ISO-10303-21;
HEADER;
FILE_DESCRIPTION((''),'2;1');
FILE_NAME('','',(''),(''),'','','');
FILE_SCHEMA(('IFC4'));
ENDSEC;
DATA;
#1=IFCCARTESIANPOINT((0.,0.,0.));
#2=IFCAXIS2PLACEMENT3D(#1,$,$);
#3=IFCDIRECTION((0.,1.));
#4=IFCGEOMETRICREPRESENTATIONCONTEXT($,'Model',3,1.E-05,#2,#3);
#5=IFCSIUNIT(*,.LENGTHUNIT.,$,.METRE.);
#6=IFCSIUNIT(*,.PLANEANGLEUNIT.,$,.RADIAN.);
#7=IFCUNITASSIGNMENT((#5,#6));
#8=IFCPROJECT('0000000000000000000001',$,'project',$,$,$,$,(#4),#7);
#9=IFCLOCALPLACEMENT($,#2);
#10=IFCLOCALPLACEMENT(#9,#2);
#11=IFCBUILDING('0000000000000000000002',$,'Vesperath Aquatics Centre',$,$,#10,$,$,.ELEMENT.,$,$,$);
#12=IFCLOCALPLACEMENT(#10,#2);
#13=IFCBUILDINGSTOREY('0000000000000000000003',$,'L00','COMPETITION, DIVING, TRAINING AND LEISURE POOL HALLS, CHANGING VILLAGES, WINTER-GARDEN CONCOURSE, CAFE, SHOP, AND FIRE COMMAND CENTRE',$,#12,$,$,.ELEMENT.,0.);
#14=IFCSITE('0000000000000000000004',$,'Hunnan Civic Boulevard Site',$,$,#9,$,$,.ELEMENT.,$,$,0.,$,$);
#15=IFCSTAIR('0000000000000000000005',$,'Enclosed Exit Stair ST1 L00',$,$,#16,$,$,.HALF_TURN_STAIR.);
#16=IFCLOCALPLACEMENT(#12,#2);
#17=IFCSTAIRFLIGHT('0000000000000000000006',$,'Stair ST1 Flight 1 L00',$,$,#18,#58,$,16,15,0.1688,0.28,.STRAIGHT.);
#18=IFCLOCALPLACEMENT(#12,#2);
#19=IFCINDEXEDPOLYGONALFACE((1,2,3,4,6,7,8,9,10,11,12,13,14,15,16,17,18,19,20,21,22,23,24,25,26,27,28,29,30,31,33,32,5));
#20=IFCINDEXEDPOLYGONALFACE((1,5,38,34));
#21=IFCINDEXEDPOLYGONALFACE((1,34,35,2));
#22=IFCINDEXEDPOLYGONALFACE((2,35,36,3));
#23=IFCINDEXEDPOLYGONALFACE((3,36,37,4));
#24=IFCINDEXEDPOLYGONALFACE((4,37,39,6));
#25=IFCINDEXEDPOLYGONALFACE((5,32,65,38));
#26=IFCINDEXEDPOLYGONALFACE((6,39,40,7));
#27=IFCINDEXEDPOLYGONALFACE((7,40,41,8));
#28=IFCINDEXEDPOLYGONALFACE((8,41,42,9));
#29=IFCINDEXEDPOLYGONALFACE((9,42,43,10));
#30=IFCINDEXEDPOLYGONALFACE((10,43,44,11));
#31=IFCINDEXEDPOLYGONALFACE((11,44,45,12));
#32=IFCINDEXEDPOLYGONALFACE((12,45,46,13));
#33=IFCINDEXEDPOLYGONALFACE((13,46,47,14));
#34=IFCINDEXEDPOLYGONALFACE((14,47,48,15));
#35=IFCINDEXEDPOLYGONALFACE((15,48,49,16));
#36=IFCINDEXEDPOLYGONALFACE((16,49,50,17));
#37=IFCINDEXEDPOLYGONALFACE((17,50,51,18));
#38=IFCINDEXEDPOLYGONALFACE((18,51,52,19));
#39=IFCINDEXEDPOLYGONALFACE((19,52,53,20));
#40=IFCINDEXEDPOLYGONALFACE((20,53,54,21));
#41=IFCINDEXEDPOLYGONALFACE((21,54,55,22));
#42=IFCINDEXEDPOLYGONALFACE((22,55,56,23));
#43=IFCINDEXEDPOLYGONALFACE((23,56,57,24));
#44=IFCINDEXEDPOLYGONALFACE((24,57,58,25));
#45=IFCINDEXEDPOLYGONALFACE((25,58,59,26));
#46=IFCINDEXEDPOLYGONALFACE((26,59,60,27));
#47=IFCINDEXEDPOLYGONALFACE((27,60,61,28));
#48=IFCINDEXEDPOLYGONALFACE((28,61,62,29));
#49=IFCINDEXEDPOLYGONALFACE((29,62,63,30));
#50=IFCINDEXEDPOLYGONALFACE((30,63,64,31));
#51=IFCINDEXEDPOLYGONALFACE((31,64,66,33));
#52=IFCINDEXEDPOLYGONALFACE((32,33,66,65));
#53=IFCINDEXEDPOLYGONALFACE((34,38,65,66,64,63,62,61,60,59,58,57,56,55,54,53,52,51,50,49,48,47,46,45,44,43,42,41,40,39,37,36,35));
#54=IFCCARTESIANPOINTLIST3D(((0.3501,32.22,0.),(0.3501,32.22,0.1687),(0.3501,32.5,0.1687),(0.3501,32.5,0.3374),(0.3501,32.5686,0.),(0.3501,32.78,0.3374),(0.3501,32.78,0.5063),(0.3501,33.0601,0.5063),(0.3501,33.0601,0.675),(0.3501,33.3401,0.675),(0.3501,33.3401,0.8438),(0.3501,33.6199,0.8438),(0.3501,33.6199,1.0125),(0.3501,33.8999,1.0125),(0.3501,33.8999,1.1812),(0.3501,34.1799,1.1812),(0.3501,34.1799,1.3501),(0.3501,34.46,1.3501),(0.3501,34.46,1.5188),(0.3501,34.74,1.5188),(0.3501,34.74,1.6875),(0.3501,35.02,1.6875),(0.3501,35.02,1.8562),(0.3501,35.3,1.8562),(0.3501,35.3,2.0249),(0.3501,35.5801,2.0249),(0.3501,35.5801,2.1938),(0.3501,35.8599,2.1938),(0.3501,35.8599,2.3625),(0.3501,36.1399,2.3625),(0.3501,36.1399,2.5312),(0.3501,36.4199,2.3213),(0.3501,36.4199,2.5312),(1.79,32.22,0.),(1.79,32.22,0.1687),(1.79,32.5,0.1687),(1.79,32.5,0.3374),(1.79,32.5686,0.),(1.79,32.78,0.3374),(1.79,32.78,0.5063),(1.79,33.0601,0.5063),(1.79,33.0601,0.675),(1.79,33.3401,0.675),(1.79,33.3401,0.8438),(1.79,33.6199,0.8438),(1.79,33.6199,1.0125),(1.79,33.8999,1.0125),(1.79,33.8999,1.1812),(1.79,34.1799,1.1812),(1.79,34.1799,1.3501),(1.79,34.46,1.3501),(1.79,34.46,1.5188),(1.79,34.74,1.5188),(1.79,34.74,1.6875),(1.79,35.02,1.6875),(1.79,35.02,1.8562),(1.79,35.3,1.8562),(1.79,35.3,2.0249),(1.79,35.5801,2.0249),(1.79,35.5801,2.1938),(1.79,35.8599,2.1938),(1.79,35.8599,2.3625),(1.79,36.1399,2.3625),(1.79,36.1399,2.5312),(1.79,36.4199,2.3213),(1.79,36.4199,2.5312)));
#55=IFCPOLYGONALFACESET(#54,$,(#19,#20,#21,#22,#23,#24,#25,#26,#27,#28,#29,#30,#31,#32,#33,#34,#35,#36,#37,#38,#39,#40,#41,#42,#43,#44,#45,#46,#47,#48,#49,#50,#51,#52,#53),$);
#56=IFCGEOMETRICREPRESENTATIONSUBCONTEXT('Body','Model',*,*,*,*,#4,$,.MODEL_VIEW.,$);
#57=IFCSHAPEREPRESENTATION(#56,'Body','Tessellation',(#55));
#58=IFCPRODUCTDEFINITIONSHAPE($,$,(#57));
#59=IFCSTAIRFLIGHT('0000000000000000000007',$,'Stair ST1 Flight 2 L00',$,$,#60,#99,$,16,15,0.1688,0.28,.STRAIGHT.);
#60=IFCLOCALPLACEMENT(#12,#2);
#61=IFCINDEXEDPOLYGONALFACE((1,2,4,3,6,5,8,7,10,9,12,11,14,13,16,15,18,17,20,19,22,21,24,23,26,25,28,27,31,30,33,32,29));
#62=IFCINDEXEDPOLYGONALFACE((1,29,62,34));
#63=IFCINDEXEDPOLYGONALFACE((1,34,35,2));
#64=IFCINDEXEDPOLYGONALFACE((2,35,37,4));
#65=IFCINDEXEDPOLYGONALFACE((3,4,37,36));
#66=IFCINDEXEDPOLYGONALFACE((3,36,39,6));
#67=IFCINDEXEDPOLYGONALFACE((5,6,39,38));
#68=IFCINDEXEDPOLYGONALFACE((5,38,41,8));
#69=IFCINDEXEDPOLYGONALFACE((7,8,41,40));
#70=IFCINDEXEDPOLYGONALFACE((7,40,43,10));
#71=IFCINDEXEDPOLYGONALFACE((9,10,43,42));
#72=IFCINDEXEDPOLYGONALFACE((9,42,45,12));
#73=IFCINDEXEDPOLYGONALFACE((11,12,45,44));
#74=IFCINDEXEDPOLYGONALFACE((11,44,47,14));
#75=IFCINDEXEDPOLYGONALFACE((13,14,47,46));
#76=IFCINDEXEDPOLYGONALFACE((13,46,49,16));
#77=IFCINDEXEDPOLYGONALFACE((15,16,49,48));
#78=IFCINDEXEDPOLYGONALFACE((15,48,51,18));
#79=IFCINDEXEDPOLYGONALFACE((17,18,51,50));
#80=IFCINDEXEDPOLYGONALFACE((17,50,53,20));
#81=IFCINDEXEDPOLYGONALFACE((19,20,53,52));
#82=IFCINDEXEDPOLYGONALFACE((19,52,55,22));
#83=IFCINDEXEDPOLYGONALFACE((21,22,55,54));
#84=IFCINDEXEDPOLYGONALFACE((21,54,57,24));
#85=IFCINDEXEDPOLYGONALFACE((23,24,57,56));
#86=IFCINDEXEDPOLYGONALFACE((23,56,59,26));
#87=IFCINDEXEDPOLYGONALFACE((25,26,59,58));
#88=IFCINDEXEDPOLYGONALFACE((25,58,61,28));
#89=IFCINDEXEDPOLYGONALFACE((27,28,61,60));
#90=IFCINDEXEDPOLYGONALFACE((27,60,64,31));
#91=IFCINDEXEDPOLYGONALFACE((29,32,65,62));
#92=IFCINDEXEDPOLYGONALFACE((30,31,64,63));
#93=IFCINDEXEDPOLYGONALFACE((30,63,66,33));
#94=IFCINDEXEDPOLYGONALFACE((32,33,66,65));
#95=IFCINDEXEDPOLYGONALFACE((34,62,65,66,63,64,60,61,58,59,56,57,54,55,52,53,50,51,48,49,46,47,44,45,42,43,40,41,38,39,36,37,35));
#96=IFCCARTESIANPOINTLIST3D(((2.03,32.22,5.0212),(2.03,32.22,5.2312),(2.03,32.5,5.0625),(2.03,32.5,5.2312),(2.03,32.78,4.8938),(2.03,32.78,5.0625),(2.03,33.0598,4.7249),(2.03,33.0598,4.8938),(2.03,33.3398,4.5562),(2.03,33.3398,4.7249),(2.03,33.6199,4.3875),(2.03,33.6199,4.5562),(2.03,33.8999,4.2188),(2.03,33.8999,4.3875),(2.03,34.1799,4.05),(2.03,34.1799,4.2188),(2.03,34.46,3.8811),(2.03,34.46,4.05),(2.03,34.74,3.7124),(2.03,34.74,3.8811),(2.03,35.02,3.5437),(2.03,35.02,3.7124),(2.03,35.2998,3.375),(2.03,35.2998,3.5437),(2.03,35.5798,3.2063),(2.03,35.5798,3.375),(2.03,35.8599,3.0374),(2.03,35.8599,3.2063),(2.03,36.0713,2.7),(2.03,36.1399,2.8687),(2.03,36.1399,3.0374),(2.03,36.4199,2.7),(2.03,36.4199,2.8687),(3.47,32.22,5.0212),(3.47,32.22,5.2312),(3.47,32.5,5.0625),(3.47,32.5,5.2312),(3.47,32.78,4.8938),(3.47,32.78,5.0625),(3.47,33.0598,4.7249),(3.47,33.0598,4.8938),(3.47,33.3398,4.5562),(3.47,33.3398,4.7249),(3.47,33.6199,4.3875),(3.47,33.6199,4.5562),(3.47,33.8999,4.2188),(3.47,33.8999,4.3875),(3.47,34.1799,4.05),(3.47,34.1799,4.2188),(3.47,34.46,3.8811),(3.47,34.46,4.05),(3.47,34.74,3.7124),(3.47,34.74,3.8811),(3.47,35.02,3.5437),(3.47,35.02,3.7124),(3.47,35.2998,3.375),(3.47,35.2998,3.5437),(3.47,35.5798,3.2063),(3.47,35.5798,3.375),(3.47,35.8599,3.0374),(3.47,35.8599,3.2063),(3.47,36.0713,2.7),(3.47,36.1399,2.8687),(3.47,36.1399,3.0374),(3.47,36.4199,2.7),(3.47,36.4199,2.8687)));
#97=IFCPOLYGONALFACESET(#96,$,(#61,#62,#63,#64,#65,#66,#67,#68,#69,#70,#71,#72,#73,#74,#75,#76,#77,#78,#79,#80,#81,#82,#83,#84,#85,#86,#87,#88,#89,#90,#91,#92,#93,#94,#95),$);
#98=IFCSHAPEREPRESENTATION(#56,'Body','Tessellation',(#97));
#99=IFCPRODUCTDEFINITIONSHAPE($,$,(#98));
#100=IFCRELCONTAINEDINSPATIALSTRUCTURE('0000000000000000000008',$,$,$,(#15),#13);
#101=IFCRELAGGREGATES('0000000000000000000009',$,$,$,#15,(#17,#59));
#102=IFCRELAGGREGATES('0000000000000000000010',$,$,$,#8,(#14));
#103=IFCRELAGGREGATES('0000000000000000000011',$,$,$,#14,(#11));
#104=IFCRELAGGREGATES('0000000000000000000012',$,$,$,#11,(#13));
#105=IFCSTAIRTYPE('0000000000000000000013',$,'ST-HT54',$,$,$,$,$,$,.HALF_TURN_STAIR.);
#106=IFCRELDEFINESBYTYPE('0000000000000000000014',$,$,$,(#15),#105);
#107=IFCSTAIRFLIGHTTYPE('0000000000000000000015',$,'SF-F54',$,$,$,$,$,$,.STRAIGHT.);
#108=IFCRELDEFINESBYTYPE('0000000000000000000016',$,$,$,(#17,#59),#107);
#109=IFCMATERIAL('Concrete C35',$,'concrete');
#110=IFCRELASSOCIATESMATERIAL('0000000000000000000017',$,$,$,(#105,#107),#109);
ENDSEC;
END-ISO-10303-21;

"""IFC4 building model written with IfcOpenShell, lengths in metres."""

from ifc_helpers import new_model, si_unit, direction, frame, origin, place, context, subcontext, project, spatial, polyline, outline, extrude, material, type_object, element, aggregate, save


model = new_model("IFC4")

# Units and contexts
model_context = context("Model", 3, precision=1e-05, world=origin(), true_north=direction((0.0, 1.0)))
body_context = subcontext(model_context, "Body", "Model", "MODEL_VIEW")
ifc_project = project(units=[si_unit("LENGTHUNIT", "METRE"), si_unit("PLANEANGLEUNIT", "RADIAN")], contexts=[model_context])

# Site, building, storey
site_placement = place(None, origin())
site = spatial("IfcSite", under=ifc_project, at=site_placement, Name="Hunnan Civic Boulevard Site", CompositionType="ELEMENT", RefElevation=0.0)
building_placement = place(site_placement, origin())
building = spatial("IfcBuilding", under=site, at=building_placement, Name="Vesperath Aquatics Centre", CompositionType="ELEMENT")
storey_placement = place(building_placement, origin())
storey = spatial("IfcBuildingStorey", under=building, at=storey_placement, Name="L00", Description="COMPETITION, DIVING, TRAINING AND LEISURE POOL HALLS, CHANGING VILLAGES, WINTER-GARDEN CONCOURSE, CAFE, SHOP, AND FIRE COMMAND CENTRE", CompositionType="ELEMENT", Elevation=0.0)

# Shared definitions
ifc_material_1 = material(Name="Concrete C35", Category="concrete")

# Stair, stair flights
stair_type = type_object("IfcStairType", Name="ST-HT54", PredefinedType="HALF_TURN_STAIR", material=ifc_material_1)
stair_placement = place(storey_placement, origin())
stair = element("IfcStair", 1, at=stair_placement, inside=storey, type_object=stair_type, Name="Enclosed Exit Stair ST1 L00", PredefinedType="HALF_TURN_STAIR")
stair_flight_type = type_object("IfcStairFlightType", Name="SF-F54", PredefinedType="STRAIGHT", material=ifc_material_1)
stair_flight_1_placement = place(storey_placement, frame((1.0701, 32.22, 0.0), z_axis=(0.0, 0.0, 1.0), x_axis=(0.0, 1.0, 0.0)))
stair_flight_1 = element("IfcStairFlight", 2, at=stair_flight_1_placement, type_object=stair_flight_type, Name="Stair ST1 Flight 1 L00", NumberOfRisers=16, NumberOfTreads=15, PredefinedType="STRAIGHT", RiserHeight=0.1688, TreadLength=0.28, context=body_context, shape_type="SweptSolid", body=[
    extrude(outline(polyline([(0.0, 0.0), (0.0, 0.1687), (0.28, 0.1687), (0.28, 0.3374), (0.5601, 0.3374), (0.5601, 0.5063), (0.8401, 0.5063), (0.8401, 0.675), (1.1201, 0.675), (1.1201, 0.8438), (1.3999, 0.8438), (1.3999, 1.0125), (1.6799, 1.0125), (1.6799, 1.1812), (1.96, 1.1812), (1.96, 1.3501), (2.24, 1.3501), (2.24, 1.5188), (2.52, 1.5188), (2.52, 1.6875), (2.8, 1.6875), (2.8, 1.8562), (3.0801, 1.8562), (3.0801, 2.0249), (3.3601, 2.0249), (3.3601, 2.1938), (3.6399, 2.1938), (3.6399, 2.3625), (3.9199, 2.3625), (3.9199, 2.5312), (4.2, 2.5312), (4.2, 2.7), (4.2, 2.3213), (0.3486, 0.0), (0.0, 0.0)])), frame((0.0, 0.72, 0.0), z_axis=(0.0, -1.0, 0.0), x_axis=(1.0, 0.0, 0.0)), (0.0, 0.0, 1.0), 1.4399),
])
stair_flight_2_placement = place(storey_placement, frame((2.75, 36.4199, 2.7), z_axis=(0.0, 0.0, 1.0), x_axis=(0.0, -1.0, 0.0)))
stair_flight_2 = element("IfcStairFlight", 3, at=stair_flight_2_placement, type_object=stair_flight_type, Name="Stair ST1 Flight 2 L00", NumberOfRisers=16, NumberOfTreads=15, PredefinedType="STRAIGHT", RiserHeight=0.1688, TreadLength=0.28, context=body_context, shape_type="SweptSolid", body=[
    extrude(outline(polyline([(0.0, 0.0), (0.0, 0.1687), (0.28, 0.1687), (0.28, 0.3374), (0.5601, 0.3374), (0.5601, 0.5063), (0.8401, 0.5063), (0.8401, 0.675), (1.1201, 0.675), (1.1201, 0.8438), (1.3999, 0.8438), (1.3999, 1.0125), (1.6799, 1.0125), (1.6799, 1.1812), (1.96, 1.1812), (1.96, 1.3501), (2.24, 1.3501), (2.24, 1.5188), (2.52, 1.5188), (2.52, 1.6875), (2.8, 1.6875), (2.8, 1.8562), (3.0801, 1.8562), (3.0801, 2.0249), (3.3601, 2.0249), (3.3601, 2.1938), (3.6399, 2.1938), (3.6399, 2.3625), (3.9199, 2.3625), (3.9199, 2.5312), (4.2, 2.5312), (4.2, 2.7), (4.2, 2.3213), (0.3486, 0.0), (0.0, 0.0)])), frame((0.0, 0.72, 0.0), z_axis=(0.0, -1.0, 0.0), x_axis=(1.0, 0.0, 0.0)), (0.0, 0.0, 1.0), 1.4399),
])
aggregate(stair, [stair_flight_1, stair_flight_2])

save(model, "model.ifc")
